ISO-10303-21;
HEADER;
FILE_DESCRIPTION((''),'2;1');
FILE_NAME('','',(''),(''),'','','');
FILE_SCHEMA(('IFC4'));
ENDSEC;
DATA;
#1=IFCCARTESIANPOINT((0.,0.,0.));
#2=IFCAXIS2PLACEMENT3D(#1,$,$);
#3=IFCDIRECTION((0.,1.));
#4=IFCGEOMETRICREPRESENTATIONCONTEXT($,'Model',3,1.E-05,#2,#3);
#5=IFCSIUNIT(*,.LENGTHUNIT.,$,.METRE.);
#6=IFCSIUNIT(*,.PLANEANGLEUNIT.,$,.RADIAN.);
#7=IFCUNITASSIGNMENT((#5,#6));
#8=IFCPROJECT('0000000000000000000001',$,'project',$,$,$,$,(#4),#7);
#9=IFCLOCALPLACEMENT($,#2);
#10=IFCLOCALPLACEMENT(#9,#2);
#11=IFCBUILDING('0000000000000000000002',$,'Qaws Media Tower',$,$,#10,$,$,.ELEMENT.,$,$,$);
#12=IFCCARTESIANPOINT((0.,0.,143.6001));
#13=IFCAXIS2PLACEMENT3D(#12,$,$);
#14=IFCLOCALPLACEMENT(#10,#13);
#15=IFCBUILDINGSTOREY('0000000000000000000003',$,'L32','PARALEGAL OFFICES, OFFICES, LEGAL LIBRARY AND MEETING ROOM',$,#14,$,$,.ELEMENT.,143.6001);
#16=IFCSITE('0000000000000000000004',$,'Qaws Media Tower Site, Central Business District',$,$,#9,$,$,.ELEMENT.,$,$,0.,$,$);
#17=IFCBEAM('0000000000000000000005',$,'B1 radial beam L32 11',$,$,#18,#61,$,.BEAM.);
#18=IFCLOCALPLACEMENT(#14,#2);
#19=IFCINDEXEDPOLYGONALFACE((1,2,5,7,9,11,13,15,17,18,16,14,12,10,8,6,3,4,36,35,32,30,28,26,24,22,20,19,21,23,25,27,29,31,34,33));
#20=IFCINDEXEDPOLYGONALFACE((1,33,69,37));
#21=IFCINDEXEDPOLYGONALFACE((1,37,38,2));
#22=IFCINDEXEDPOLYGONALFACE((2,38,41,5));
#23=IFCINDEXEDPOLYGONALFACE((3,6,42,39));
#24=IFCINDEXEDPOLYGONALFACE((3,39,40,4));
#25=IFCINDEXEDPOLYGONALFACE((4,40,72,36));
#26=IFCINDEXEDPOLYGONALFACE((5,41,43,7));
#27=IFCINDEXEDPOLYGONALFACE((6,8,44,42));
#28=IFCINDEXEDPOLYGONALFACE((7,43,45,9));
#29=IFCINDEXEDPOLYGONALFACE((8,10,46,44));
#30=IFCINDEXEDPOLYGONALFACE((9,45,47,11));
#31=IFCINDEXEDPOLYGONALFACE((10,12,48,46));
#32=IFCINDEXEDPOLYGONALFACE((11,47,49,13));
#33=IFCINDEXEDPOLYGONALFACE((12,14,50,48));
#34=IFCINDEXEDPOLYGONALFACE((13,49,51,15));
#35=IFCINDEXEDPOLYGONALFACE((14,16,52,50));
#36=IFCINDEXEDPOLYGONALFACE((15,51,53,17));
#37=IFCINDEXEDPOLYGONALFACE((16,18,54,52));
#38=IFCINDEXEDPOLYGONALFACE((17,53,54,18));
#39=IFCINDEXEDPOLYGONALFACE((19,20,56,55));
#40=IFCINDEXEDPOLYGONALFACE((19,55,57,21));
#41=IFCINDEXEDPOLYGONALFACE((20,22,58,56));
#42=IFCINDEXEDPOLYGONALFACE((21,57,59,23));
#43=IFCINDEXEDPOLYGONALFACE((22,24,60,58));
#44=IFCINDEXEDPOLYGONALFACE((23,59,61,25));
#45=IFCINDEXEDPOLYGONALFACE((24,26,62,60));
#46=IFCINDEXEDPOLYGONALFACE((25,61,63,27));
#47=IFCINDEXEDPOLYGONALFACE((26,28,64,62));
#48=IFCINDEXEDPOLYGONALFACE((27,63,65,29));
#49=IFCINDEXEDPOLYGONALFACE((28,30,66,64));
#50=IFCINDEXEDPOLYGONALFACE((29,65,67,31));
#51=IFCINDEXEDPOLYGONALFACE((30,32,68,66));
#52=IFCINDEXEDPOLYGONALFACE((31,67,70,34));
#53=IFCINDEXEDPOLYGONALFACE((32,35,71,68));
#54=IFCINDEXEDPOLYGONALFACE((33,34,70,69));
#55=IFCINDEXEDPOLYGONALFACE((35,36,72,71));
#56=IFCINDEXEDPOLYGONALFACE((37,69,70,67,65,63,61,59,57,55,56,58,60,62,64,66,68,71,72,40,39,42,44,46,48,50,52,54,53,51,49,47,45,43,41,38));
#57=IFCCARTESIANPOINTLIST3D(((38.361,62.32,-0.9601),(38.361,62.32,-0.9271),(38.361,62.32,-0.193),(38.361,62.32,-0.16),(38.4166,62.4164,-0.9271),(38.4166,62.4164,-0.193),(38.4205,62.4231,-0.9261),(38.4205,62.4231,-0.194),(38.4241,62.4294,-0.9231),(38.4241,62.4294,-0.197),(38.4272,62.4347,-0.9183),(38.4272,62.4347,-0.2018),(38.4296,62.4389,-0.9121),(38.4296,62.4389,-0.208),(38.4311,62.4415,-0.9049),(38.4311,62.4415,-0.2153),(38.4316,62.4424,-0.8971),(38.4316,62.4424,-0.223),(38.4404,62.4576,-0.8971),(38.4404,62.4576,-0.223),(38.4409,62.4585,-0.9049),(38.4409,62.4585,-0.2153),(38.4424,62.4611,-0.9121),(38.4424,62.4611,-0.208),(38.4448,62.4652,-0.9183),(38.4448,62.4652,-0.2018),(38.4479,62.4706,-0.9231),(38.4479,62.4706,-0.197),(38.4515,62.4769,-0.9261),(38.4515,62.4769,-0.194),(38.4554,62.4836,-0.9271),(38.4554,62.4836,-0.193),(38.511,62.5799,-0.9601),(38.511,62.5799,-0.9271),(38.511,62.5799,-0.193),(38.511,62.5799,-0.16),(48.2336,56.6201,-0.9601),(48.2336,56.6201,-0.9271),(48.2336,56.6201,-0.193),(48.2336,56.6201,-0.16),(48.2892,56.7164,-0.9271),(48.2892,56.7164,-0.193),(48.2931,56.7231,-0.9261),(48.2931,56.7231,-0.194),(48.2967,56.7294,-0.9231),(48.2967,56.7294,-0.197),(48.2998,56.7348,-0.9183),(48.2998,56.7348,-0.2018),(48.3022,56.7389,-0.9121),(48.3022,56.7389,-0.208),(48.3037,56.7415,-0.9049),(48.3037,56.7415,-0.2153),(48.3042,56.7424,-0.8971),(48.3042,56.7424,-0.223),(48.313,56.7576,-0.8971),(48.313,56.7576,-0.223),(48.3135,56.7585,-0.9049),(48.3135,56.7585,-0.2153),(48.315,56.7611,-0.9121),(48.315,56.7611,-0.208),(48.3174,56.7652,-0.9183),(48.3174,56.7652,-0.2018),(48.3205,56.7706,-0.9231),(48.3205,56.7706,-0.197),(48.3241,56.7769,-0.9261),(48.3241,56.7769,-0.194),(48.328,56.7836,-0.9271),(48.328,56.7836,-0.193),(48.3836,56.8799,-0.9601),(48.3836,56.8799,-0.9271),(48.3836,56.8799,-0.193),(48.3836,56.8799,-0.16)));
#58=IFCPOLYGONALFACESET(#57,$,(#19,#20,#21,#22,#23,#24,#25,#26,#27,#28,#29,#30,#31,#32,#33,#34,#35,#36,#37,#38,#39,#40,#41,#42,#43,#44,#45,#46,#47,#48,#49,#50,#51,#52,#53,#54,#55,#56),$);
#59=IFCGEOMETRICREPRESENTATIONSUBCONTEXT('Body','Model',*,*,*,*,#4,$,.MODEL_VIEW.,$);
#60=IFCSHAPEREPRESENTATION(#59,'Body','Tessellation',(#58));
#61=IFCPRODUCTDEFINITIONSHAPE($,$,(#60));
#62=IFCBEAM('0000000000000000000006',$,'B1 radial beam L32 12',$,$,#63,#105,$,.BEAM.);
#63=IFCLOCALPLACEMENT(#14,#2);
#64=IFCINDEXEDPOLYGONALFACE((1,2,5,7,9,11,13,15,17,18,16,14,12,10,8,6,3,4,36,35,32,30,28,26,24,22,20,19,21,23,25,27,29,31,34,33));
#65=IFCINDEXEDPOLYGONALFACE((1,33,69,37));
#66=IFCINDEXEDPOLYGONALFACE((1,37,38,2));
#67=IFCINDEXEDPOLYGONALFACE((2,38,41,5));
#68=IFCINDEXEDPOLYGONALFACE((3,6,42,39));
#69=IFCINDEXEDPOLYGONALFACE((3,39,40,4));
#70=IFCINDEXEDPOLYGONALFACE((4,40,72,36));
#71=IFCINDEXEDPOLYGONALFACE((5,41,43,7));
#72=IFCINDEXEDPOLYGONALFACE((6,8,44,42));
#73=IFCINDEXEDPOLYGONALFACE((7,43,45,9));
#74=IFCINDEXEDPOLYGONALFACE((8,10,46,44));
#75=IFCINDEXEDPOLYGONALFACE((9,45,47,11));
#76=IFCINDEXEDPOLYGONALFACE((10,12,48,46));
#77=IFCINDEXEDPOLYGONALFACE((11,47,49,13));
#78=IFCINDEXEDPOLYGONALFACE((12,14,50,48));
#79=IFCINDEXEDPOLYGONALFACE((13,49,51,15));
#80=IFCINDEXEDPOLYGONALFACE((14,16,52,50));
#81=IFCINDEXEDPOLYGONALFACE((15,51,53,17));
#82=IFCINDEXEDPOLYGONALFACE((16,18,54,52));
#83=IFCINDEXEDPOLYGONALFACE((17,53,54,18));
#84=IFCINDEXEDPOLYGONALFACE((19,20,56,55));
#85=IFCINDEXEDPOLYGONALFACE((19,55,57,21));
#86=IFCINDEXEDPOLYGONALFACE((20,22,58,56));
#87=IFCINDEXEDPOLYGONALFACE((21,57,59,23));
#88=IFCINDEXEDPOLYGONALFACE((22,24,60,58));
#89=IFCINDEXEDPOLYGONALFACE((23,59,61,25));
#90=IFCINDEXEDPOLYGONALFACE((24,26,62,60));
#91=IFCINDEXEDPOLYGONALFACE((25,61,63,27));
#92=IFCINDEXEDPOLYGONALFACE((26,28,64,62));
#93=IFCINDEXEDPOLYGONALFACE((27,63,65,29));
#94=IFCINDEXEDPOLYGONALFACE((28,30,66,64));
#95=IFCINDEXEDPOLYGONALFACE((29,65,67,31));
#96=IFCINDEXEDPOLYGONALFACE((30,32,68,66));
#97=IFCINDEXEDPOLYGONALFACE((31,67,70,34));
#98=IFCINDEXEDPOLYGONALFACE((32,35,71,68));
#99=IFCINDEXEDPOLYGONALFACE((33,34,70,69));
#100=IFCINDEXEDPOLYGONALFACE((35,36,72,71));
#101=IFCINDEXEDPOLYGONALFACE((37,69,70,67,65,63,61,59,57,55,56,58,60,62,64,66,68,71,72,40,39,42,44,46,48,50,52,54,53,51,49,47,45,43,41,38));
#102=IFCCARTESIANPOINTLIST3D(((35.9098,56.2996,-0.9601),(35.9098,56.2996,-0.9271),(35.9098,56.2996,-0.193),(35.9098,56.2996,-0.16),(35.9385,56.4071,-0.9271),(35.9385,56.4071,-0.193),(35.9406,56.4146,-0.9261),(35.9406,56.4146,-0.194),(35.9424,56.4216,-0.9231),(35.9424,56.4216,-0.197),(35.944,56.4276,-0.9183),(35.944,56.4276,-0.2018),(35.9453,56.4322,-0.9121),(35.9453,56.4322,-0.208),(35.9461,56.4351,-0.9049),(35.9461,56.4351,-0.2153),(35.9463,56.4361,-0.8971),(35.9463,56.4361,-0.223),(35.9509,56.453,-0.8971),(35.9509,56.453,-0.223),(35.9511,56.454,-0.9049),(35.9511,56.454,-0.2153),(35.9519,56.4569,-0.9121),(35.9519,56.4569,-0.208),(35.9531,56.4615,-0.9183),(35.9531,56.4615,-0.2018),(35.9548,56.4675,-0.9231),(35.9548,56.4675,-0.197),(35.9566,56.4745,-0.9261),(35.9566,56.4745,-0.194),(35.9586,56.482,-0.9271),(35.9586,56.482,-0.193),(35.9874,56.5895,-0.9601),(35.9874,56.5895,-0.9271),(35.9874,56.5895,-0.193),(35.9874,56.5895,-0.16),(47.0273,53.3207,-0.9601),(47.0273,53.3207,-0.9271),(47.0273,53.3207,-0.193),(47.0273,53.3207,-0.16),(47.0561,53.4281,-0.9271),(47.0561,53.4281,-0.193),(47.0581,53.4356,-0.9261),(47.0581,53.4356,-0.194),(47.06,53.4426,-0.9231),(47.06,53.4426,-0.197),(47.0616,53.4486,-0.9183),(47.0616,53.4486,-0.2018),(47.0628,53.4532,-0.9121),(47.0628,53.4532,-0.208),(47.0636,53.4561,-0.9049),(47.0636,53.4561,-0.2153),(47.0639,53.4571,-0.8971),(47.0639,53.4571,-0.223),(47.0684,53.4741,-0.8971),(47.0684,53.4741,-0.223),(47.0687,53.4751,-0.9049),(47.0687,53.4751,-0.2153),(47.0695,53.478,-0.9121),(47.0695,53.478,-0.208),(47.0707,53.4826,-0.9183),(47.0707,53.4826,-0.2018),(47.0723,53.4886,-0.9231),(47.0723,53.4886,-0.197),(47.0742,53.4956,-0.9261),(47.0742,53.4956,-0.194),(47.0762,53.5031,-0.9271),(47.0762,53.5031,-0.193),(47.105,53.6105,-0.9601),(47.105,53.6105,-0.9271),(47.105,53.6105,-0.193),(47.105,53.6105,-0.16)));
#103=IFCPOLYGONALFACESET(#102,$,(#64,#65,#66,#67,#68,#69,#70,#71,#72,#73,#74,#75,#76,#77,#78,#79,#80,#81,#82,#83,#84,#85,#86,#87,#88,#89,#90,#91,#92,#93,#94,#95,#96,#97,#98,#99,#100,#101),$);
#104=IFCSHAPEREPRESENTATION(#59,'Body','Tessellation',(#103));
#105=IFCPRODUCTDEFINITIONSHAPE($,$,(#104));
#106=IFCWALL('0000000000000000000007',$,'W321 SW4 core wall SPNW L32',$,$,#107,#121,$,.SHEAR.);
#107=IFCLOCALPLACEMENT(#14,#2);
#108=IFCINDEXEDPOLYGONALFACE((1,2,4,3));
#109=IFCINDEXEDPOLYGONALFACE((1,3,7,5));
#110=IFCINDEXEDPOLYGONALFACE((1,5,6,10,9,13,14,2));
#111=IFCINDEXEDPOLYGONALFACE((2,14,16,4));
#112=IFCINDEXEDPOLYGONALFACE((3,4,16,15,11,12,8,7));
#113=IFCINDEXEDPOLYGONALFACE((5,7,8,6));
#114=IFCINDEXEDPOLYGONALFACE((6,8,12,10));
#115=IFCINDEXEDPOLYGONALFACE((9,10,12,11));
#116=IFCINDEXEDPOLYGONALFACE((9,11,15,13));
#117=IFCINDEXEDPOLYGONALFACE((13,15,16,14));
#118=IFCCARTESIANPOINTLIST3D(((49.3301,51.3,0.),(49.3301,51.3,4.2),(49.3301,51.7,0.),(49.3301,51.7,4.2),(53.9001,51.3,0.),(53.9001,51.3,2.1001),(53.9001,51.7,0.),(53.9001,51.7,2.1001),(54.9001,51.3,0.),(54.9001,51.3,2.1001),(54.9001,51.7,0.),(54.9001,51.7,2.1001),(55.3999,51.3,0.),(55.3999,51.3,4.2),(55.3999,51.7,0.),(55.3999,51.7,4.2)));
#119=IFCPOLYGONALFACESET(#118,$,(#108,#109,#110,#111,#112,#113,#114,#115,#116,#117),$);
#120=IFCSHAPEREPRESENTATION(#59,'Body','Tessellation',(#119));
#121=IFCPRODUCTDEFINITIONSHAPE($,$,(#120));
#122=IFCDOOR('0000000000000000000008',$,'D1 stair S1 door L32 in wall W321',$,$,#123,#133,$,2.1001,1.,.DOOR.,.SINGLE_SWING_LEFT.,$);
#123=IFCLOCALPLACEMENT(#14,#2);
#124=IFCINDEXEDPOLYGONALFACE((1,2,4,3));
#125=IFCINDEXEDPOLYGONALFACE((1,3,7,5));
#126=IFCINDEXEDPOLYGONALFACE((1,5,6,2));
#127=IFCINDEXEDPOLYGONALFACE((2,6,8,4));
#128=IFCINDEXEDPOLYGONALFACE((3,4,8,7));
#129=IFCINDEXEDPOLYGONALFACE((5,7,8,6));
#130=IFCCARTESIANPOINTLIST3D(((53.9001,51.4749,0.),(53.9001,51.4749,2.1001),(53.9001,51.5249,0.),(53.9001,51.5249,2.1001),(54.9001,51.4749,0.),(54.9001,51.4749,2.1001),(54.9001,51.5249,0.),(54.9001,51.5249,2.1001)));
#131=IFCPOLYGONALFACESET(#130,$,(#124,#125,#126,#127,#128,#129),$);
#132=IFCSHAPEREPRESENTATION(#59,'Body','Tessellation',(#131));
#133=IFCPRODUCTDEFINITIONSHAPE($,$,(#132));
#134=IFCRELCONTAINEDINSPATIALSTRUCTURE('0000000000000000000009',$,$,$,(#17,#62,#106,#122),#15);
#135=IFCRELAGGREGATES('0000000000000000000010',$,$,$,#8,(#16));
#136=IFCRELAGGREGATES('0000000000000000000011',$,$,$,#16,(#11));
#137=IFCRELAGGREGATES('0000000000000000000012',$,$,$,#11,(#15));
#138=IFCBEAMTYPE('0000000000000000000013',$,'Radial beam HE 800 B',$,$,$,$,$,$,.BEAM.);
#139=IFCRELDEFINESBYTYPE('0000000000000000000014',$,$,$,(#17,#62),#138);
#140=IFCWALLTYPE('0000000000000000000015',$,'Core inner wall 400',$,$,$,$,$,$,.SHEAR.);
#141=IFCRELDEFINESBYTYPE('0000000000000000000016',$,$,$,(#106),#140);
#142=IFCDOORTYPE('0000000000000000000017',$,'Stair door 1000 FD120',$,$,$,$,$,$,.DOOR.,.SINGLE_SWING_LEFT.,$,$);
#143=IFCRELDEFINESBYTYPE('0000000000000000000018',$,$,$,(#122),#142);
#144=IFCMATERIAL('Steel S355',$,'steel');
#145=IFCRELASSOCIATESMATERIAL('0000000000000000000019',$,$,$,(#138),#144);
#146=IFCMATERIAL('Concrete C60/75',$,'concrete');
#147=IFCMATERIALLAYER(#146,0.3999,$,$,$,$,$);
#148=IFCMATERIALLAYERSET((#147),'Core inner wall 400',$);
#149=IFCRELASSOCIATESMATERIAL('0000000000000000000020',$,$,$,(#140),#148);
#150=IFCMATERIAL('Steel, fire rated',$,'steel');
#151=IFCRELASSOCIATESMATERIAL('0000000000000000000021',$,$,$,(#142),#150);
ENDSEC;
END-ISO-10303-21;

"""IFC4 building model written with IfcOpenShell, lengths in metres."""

from ifc_helpers import new_model, si_unit, direction, frame, frame_2d, origin, origin_2d, place, context, subcontext, project, spatial, rectangle, i_section, extrude, material, layer, layer_set, material_profile, profile_set, type_object, element, fill, save


model = new_model("IFC4")

# Units and contexts
model_context = context("Model", 3, precision=1e-05, world=origin(), true_north=direction((0.0, 1.0)))
body_context = subcontext(model_context, "Body", "Model", "MODEL_VIEW")
ifc_project = project(units=[si_unit("LENGTHUNIT", "METRE"), si_unit("PLANEANGLEUNIT", "RADIAN")], contexts=[model_context])

# Site, building, storey
site_placement = place(None, origin())
site = spatial("IfcSite", under=ifc_project, at=site_placement, Name="Qaws Media Tower Site, Central Business District", CompositionType="ELEMENT", RefElevation=0.0)
building_placement = place(site_placement, origin())
building = spatial("IfcBuilding", under=site, at=building_placement, Name="Qaws Media Tower", CompositionType="ELEMENT")
storey_placement = place(building_placement, frame((0.0, 0.0, 143.6001)))
storey = spatial("IfcBuildingStorey", under=building, at=storey_placement, Name="L32", Description="PARALEGAL OFFICES, OFFICES, LEGAL LIBRARY AND MEETING ROOM", CompositionType="ELEMENT", Elevation=143.6001)

# Beams
ifc_material_1 = material(Name="Steel S355", Category="steel")
ifc_material_profile_1 = material_profile(ifc_material_1, i_section(OverallWidth=0.3, OverallDepth=0.8, WebThickness=0.0176, FlangeThickness=0.033, FilletRadius=0.03, at=origin_2d()), Name="HE 800 B")
ifc_profile_set_1 = profile_set([ifc_material_profile_1], Name="Steel S355")
beam_type_1 = type_object("IfcBeamType", Name="Radial beam HE 800 B", PredefinedType="BEAM", material=ifc_profile_set_1)
beam_1_placement = place(storey_placement, frame((48.3086, 56.75, -0.5601), z_axis=(-0.866024, 0.500002, 0.0), x_axis=(-0.500002, -0.866024, 0.0)))
element("IfcBeam", 1, at=beam_1_placement, inside=storey, type_object=beam_type_1, Name="B1 radial beam L32 11", PredefinedType="BEAM", context=body_context, shape_type="SweptSolid", body=[
    extrude(i_section(OverallWidth=0.3, OverallDepth=0.8, WebThickness=0.0176, FlangeThickness=0.033, FilletRadius=0.03, at=origin_2d()), origin(), (0.0, 0.0, 1.0), 11.3999),
])
beam_2_placement = place(storey_placement, frame((47.0662, 53.4656, -0.5601), z_axis=(-0.965925, 0.258822, 0.0), x_axis=(-0.258822, -0.965925, 0.0)))
element("IfcBeam", 2, at=beam_2_placement, inside=storey, type_object=beam_type_1, Name="B1 radial beam L32 12", PredefinedType="BEAM", context=body_context, shape_type="SweptSolid", body=[
    extrude(i_section(OverallWidth=0.3, OverallDepth=0.8, WebThickness=0.0176, FlangeThickness=0.033, FilletRadius=0.03, at=origin_2d()), origin(), (0.0, 0.0, 1.0), 11.5098),
])

# Wall, opening, door
ifc_material_2 = material(Name="Concrete C60/75", Category="concrete")
ifc_layer_1 = layer(ifc_material_2, 0.3999)
ifc_layer_set_1 = layer_set([ifc_layer_1], Name="Core inner wall 400")
wall_type_1 = type_object("IfcWallType", Name="Core inner wall 400", PredefinedType="SHEAR", material=ifc_layer_set_1)
wall_1_placement = place(storey_placement, frame((49.3301, 51.5, 0.0), z_axis=(0.0, 0.0, 1.0), x_axis=(1.0, 0.0, 0.0)))
wall_1 = element("IfcWall", 3, at=wall_1_placement, inside=storey, type_object=wall_type_1, Name="W321 SW4 core wall SPNW L32", PredefinedType="SHEAR", context=body_context, shape_type="SweptSolid", body=[
    extrude(rectangle(XDim=6.0698, YDim=0.3999, at=frame_2d((3.0349, 0.0))), origin(), (0.0, 0.0, 1.0), 4.2),
])
opening_1_placement = place(wall_1_placement, frame((4.5701, 0.0, 0.0)))
opening_1 = element("IfcOpeningElement", 4, at=opening_1_placement, cuts=wall_1, PredefinedType="OPENING", context=body_context, shape_type="SweptSolid", body=[
    extrude(rectangle(XDim=1.0, YDim=2.1001, at=frame_2d((0.5, 1.05))), frame((0.0, 0.21, 0.0), z_axis=(0.0, -1.0, 0.0), x_axis=(1.0, 0.0, 0.0)), (0.0, 0.0, 1.0), 0.4199),
])
ifc_material_3 = material(Name="Steel, fire rated", Category="steel")
door_type_1 = type_object("IfcDoorType", Name="Stair door 1000 FD120", OperationType="SINGLE_SWING_LEFT", PredefinedType="DOOR", material=ifc_material_3)
door_1_placement = place(opening_1_placement, origin())
door_1 = element("IfcDoor", 5, at=door_1_placement, inside=storey, type_object=door_type_1, Name="D1 stair S1 door L32 in wall W321", OperationType="SINGLE_SWING_LEFT", OverallHeight=2.1001, OverallWidth=1.0, PredefinedType="DOOR", context=body_context, shape_type="SweptSolid", body=[
    extrude(rectangle(XDim=1.0, YDim=2.1001, at=frame_2d((0.5, 1.05))), frame((0.0, 0.0249, 0.0), z_axis=(0.0, -1.0, 0.0), x_axis=(1.0, 0.0, 0.0)), (0.0, 0.0, 1.0), 0.05),
])
fill(opening_1, door_1)

save(model, "model.ifc")
